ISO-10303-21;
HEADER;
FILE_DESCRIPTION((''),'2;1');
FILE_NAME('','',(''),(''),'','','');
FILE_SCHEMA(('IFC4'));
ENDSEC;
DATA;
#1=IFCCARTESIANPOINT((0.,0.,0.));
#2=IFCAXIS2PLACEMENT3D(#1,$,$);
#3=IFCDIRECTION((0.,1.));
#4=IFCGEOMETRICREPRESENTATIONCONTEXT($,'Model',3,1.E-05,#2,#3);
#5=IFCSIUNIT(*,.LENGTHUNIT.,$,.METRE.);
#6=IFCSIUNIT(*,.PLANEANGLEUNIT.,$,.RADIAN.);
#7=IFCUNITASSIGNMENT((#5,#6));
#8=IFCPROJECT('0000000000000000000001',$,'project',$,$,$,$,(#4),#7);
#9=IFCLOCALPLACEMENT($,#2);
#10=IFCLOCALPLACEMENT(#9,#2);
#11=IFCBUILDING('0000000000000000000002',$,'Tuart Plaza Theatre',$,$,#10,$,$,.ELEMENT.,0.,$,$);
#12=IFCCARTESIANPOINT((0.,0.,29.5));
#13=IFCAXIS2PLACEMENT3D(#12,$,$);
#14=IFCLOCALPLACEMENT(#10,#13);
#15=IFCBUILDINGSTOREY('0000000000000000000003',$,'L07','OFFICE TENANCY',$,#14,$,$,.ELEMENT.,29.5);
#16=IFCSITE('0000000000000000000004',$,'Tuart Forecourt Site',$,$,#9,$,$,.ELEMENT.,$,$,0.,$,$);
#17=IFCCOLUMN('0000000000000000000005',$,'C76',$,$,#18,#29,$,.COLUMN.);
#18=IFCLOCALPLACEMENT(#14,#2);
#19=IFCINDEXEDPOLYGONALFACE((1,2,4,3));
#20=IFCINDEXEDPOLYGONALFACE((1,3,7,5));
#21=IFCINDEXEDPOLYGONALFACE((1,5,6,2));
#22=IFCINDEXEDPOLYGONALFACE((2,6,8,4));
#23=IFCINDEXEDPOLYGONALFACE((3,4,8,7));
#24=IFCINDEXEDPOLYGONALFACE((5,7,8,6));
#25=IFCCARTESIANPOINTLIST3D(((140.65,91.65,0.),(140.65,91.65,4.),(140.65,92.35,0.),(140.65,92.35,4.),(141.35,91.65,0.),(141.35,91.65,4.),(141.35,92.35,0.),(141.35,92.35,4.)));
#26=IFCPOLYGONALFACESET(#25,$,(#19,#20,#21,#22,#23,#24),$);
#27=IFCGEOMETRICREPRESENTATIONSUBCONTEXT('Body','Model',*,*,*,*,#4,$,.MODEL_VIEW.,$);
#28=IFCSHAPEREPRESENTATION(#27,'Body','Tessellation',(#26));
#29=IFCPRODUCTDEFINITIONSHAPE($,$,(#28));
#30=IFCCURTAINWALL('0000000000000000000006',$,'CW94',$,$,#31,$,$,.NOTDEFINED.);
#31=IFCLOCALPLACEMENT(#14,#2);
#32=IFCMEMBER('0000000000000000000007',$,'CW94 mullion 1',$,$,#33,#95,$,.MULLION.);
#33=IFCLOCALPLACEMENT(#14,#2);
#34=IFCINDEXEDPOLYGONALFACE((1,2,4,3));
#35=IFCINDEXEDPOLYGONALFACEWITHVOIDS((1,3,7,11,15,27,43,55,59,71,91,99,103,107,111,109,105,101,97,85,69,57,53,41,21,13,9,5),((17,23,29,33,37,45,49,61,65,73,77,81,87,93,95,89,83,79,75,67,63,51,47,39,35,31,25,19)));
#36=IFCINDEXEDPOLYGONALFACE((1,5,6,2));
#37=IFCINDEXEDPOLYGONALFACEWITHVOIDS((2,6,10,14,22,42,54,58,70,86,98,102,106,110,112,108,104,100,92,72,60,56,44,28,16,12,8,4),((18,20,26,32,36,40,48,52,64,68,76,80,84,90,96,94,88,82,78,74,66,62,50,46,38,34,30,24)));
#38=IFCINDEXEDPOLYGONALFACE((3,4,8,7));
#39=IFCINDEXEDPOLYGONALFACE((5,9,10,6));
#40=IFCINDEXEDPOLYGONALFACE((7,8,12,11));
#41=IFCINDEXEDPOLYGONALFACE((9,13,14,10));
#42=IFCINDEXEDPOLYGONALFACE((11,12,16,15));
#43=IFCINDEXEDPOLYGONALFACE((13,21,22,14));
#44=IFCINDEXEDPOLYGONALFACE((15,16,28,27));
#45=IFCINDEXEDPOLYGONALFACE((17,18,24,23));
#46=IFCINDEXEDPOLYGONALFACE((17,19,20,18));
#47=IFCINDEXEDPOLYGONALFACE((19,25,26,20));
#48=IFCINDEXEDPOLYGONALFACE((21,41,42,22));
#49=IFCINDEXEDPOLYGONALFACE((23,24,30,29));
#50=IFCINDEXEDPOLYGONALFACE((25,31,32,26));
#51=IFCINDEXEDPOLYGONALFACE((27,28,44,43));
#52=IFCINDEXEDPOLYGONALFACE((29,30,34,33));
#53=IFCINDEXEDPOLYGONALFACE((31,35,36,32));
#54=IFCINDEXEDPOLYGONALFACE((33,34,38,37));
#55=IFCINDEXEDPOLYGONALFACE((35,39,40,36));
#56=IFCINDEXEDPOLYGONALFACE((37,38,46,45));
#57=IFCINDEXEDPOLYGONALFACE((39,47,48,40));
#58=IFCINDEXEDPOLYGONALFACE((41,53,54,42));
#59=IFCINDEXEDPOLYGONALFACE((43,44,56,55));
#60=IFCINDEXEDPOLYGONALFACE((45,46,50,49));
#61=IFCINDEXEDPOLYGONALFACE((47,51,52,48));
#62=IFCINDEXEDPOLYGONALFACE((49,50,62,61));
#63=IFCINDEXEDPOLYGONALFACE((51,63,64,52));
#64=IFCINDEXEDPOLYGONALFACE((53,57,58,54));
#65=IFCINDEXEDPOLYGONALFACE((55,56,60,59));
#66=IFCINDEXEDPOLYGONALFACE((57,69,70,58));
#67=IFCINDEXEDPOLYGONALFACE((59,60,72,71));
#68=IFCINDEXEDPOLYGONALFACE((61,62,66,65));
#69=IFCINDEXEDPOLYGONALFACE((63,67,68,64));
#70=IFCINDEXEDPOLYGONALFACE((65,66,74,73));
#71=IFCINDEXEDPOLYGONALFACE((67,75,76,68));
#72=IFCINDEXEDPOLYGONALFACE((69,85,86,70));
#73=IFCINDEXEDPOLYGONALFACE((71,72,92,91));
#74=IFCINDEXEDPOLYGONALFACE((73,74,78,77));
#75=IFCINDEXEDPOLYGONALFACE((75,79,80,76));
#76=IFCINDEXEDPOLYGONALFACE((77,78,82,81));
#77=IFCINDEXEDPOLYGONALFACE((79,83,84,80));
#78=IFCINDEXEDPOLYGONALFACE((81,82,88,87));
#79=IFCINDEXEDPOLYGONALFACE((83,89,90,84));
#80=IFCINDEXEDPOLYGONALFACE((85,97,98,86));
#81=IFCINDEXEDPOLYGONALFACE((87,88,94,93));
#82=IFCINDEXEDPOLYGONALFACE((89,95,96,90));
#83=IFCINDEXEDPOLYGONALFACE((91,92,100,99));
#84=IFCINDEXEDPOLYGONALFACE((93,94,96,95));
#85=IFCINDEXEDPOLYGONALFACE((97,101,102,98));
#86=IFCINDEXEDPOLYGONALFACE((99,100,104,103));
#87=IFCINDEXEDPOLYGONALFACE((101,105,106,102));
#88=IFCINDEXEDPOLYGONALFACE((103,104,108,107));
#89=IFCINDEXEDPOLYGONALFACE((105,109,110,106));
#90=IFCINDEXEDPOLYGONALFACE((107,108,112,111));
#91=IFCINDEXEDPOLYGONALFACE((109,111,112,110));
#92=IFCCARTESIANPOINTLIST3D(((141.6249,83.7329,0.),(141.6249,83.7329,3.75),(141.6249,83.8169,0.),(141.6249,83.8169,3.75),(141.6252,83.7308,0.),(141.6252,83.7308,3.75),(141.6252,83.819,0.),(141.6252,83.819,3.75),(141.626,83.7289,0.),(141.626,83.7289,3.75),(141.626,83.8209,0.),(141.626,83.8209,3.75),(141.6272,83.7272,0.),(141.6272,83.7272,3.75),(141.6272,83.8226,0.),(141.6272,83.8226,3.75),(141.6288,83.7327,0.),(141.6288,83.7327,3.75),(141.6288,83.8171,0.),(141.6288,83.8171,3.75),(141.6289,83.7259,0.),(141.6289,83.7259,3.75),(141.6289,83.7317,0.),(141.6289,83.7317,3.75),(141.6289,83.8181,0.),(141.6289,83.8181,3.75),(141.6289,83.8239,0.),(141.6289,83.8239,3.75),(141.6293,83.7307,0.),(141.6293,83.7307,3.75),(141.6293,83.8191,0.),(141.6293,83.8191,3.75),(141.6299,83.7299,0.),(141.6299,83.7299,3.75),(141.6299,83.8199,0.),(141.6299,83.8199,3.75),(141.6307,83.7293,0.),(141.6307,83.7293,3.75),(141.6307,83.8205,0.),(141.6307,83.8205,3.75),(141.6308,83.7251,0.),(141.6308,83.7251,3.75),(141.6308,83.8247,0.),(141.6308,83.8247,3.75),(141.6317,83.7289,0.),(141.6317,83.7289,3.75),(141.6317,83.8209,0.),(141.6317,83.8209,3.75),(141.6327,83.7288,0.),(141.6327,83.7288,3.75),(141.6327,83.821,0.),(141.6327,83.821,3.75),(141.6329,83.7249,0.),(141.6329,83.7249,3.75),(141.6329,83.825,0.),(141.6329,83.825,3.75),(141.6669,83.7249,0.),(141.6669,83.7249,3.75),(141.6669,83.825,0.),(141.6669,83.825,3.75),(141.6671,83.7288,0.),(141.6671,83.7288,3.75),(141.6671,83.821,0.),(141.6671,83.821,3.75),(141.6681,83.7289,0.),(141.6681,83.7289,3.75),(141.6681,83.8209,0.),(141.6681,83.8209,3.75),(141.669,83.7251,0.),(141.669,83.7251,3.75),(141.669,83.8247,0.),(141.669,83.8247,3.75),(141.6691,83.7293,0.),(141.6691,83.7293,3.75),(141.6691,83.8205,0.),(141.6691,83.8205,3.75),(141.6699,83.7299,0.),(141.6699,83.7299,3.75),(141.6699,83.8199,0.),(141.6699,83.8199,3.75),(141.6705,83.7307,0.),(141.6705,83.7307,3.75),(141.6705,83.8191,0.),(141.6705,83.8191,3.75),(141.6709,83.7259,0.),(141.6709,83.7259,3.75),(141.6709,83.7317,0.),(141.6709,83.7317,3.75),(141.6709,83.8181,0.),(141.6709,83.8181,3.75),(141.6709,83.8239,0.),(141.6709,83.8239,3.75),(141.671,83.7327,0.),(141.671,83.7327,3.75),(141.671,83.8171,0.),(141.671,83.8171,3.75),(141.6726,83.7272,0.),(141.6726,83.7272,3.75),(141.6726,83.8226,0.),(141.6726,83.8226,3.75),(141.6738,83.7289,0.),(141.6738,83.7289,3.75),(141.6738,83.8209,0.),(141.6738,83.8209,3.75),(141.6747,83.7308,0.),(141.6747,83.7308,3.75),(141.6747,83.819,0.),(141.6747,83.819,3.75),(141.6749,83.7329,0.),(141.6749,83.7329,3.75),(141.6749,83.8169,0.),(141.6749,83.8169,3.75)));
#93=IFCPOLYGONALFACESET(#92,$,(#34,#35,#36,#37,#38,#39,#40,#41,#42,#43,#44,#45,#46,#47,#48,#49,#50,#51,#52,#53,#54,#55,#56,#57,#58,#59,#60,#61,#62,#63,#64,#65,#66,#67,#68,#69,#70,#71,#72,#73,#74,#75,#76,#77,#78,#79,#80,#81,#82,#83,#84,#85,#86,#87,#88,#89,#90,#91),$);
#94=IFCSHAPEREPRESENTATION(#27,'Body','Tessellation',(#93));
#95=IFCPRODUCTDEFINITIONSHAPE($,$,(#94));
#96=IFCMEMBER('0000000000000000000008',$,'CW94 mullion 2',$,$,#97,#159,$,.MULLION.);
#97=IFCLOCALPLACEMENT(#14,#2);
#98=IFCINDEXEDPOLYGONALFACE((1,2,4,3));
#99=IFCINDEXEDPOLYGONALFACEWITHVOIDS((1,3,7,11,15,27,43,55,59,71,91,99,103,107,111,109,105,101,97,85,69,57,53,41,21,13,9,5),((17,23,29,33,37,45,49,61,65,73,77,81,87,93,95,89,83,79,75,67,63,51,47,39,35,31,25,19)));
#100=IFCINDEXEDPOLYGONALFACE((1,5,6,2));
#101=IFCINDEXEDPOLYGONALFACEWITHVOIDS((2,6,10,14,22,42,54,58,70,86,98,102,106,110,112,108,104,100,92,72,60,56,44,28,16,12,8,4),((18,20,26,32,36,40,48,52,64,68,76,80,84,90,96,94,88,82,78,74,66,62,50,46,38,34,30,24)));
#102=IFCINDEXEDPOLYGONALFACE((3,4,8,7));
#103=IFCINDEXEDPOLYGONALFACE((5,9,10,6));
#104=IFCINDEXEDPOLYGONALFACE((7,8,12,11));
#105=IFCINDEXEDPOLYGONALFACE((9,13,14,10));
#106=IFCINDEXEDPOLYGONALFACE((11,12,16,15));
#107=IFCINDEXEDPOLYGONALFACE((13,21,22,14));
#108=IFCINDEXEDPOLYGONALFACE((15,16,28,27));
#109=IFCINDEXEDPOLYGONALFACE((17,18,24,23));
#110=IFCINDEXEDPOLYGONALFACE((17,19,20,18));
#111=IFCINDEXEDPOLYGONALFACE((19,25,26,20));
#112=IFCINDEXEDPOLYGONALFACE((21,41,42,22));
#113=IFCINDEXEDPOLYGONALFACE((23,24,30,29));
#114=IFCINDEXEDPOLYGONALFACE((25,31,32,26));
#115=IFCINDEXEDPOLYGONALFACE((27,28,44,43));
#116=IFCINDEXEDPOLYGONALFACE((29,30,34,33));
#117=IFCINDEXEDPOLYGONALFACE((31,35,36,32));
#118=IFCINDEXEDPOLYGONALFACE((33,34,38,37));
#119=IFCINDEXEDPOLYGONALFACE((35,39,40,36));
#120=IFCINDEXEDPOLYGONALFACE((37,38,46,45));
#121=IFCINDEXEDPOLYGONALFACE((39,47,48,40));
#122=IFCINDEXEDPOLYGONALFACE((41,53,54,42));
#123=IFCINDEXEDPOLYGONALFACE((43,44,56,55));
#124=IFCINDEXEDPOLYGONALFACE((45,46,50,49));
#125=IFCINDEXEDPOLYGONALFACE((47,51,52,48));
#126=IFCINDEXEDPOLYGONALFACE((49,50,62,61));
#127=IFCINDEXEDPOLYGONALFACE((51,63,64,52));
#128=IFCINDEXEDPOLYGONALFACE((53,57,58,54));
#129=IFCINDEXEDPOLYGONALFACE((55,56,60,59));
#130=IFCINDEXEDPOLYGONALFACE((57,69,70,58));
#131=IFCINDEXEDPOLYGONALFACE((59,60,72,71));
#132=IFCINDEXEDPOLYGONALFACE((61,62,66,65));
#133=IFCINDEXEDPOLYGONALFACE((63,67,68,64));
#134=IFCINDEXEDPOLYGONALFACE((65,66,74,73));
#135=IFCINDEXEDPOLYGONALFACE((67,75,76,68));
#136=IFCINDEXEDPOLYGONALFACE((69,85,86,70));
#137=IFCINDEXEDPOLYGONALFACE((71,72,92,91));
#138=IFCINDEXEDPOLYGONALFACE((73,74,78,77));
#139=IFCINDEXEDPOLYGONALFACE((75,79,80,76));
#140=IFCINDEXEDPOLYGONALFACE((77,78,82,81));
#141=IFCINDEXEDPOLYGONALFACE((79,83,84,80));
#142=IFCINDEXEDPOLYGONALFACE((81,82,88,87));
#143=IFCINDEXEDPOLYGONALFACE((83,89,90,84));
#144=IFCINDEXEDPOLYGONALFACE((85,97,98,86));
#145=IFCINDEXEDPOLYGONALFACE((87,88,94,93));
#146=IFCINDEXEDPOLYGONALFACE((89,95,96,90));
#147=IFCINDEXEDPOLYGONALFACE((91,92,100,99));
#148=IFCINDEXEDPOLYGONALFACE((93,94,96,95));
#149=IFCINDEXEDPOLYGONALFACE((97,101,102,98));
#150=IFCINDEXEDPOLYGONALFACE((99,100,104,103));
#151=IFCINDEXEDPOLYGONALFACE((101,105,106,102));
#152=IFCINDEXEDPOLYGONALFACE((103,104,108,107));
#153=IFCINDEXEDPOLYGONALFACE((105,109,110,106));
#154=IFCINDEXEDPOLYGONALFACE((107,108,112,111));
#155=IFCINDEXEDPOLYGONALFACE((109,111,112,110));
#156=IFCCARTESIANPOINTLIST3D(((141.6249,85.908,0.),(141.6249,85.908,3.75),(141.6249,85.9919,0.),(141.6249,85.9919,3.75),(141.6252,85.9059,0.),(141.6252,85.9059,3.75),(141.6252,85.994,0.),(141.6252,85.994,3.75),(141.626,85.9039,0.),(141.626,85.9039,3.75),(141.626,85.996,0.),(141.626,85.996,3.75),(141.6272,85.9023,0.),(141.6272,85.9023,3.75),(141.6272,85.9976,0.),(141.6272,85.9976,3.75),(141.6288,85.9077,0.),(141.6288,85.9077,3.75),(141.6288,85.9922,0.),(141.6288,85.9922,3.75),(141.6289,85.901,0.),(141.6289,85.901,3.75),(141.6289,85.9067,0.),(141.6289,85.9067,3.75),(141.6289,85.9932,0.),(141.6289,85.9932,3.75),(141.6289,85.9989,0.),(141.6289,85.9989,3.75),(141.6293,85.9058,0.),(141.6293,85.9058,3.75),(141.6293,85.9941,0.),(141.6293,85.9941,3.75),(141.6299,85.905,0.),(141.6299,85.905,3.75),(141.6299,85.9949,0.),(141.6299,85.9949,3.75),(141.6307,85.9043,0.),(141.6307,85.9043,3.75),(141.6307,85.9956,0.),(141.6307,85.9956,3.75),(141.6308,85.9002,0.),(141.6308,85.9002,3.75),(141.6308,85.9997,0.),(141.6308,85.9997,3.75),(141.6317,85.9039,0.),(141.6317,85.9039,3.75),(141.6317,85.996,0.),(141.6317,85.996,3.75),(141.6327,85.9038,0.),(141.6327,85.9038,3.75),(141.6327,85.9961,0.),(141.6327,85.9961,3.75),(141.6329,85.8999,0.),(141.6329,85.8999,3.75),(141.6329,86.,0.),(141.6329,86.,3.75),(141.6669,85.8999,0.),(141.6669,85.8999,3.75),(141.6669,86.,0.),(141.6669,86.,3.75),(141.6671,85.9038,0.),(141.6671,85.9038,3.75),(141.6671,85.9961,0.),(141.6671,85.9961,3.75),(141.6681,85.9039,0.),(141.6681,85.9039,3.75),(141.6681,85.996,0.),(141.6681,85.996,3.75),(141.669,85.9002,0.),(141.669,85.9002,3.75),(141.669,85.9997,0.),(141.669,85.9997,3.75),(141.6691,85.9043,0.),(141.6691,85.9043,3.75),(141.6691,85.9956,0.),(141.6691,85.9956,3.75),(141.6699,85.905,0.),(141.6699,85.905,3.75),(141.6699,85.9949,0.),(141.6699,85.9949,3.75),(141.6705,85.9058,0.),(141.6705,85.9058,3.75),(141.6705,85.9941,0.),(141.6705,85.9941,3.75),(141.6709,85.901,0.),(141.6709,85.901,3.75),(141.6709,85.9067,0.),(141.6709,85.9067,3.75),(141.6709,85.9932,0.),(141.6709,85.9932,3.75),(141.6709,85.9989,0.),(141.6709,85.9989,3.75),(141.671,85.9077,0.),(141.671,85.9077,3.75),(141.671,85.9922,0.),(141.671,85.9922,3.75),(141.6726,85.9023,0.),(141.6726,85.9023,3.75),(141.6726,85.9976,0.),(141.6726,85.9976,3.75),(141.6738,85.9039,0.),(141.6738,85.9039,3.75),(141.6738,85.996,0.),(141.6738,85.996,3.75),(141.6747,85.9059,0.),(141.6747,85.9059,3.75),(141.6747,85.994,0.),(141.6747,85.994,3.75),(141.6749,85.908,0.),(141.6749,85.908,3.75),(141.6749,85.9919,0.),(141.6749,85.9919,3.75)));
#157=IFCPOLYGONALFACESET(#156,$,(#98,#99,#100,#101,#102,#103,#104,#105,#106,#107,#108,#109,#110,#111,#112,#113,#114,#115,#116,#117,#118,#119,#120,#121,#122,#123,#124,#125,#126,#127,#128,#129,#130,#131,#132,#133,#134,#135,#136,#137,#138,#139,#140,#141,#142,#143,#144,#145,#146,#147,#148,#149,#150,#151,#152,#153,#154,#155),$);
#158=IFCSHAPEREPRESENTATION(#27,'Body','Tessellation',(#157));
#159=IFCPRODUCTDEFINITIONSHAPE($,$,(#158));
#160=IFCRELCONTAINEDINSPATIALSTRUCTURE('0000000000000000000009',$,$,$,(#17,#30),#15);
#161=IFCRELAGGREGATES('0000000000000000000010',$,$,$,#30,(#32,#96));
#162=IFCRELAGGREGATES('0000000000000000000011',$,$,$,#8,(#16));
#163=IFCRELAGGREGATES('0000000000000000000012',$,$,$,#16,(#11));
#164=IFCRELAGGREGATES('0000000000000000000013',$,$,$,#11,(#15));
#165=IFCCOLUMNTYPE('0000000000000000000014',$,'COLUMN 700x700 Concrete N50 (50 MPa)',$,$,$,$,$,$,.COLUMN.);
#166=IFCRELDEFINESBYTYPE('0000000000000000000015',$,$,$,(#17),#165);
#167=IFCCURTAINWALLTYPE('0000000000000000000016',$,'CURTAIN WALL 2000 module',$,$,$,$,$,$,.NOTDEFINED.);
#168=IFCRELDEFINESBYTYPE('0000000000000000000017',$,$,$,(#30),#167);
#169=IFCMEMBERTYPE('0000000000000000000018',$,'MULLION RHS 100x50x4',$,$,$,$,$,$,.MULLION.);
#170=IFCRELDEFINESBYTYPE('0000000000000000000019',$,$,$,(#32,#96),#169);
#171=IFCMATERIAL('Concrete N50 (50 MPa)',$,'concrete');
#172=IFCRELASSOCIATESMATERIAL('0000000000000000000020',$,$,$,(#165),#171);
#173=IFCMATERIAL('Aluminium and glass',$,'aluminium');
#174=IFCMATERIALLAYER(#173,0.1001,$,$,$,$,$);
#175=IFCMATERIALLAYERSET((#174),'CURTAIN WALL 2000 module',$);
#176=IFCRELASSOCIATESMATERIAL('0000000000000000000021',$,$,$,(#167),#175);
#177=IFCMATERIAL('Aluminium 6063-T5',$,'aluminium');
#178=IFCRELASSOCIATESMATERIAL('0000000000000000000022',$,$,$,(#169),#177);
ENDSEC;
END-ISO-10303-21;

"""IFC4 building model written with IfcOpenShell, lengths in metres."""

from ifc_helpers import new_model, si_unit, direction, frame, origin, origin_2d, place, context, subcontext, project, spatial, rectangle, hollow_rectangle, extrude, material, layer, layer_set, material_profile, profile_set, type_object, element, aggregate, save


model = new_model("IFC4")

# Units and contexts
model_context = context("Model", 3, precision=1e-05, world=origin(), true_north=direction((0.0, 1.0)))
body_context = subcontext(model_context, "Body", "Model", "MODEL_VIEW")
ifc_project = project(units=[si_unit("LENGTHUNIT", "METRE"), si_unit("PLANEANGLEUNIT", "RADIAN")], contexts=[model_context])

# Site, building, storey
site_placement = place(None, origin())
site = spatial("IfcSite", under=ifc_project, at=site_placement, Name="Tuart Forecourt Site", CompositionType="ELEMENT", RefElevation=0.0)
building_placement = place(site_placement, origin())
building = spatial("IfcBuilding", under=site, at=building_placement, Name="Tuart Plaza Theatre", CompositionType="ELEMENT", ElevationOfRefHeight=0.0)
storey_placement = place(building_placement, frame((0.0, 0.0, 29.5)))
storey = spatial("IfcBuildingStorey", under=building, at=storey_placement, Name="L07", Description="OFFICE TENANCY", CompositionType="ELEMENT", Elevation=29.5)

# Column
ifc_material_1 = material(Name="Concrete N50 (50 MPa)", Category="concrete")
ifc_material_profile_1 = material_profile(ifc_material_1, rectangle(XDim=0.7, YDim=0.7, at=origin_2d()), Name="COLUMN 700x700 Concrete N50 (50 MPa)")
ifc_profile_set_1 = profile_set([ifc_material_profile_1], Name="Concrete N50 (50 MPa)")
column_type = type_object("IfcColumnType", Name="COLUMN 700x700 Concrete N50 (50 MPa)", PredefinedType="COLUMN", material=ifc_profile_set_1)
column_placement = place(storey_placement, frame((141.0, 92.0, 0.0), z_axis=(0.0, 0.0, 1.0), x_axis=(1.0, 0.0, 0.0)))
element("IfcColumn", 1, at=column_placement, inside=storey, type_object=column_type, Name="C76", PredefinedType="COLUMN", context=body_context, shape_type="SweptSolid", body=[
    extrude(rectangle(XDim=0.7, YDim=0.7, at=origin_2d()), origin(), (0.0, 0.0, 1.0), 4.0),
])

# Curtain wall, members
ifc_material_2 = material(Name="Aluminium and glass", Category="aluminium")
ifc_layer_1 = layer(ifc_material_2, 0.1001)
ifc_layer_set_1 = layer_set([ifc_layer_1], Name="CURTAIN WALL 2000 module")
curtain_wall_type = type_object("IfcCurtainWallType", Name="CURTAIN WALL 2000 module", PredefinedType="NOTDEFINED", material=ifc_layer_set_1)
curtain_wall_1_placement = place(storey_placement, origin())
curtain_wall_1 = element("IfcCurtainWall", 2, at=curtain_wall_1_placement, inside=storey, type_object=curtain_wall_type, Name="CW94", PredefinedType="NOTDEFINED")
ifc_material_3 = material(Name="Aluminium 6063-T5", Category="aluminium")
ifc_material_profile_2 = material_profile(ifc_material_3, hollow_rectangle(XDim=0.05, YDim=0.1001, WallThickness=0.0039, InnerFilletRadius=0.0039, OuterFilletRadius=0.0081, at=origin_2d()), Name="RHS 100x50x4")
ifc_profile_set_2 = profile_set([ifc_material_profile_2], Name="Aluminium 6063-T5")
member_type_1 = type_object("IfcMemberType", Name="MULLION RHS 100x50x4", PredefinedType="MULLION", material=ifc_profile_set_2)
member_1_placement = place(storey_placement, frame((141.6499, 83.7749, 0.0), z_axis=(0.0, 0.0, 1.0), x_axis=(-1.0, 0.0, 0.0)))
member_1 = element("IfcMember", 3, at=member_1_placement, type_object=member_type_1, Name="CW94 mullion 1", PredefinedType="MULLION", context=body_context, shape_type="SweptSolid", body=[
    extrude(hollow_rectangle(XDim=0.05, YDim=0.1001, WallThickness=0.0039, InnerFilletRadius=0.0039, OuterFilletRadius=0.0081, at=origin_2d()), origin(), (0.0, 0.0, 1.0), 3.75),
])
member_2_placement = place(storey_placement, frame((141.6499, 85.95, 0.0), z_axis=(0.0, 0.0, 1.0), x_axis=(-1.0, 0.0, 0.0)))
member_2 = element("IfcMember", 4, at=member_2_placement, type_object=member_type_1, Name="CW94 mullion 2", PredefinedType="MULLION", context=body_context, shape_type="SweptSolid", body=[
    extrude(hollow_rectangle(XDim=0.05, YDim=0.1001, WallThickness=0.0039, InnerFilletRadius=0.0039, OuterFilletRadius=0.0081, at=origin_2d()), origin(), (0.0, 0.0, 1.0), 3.75),
])
aggregate(curtain_wall_1, [member_1, member_2])

save(model, "model.ifc")
